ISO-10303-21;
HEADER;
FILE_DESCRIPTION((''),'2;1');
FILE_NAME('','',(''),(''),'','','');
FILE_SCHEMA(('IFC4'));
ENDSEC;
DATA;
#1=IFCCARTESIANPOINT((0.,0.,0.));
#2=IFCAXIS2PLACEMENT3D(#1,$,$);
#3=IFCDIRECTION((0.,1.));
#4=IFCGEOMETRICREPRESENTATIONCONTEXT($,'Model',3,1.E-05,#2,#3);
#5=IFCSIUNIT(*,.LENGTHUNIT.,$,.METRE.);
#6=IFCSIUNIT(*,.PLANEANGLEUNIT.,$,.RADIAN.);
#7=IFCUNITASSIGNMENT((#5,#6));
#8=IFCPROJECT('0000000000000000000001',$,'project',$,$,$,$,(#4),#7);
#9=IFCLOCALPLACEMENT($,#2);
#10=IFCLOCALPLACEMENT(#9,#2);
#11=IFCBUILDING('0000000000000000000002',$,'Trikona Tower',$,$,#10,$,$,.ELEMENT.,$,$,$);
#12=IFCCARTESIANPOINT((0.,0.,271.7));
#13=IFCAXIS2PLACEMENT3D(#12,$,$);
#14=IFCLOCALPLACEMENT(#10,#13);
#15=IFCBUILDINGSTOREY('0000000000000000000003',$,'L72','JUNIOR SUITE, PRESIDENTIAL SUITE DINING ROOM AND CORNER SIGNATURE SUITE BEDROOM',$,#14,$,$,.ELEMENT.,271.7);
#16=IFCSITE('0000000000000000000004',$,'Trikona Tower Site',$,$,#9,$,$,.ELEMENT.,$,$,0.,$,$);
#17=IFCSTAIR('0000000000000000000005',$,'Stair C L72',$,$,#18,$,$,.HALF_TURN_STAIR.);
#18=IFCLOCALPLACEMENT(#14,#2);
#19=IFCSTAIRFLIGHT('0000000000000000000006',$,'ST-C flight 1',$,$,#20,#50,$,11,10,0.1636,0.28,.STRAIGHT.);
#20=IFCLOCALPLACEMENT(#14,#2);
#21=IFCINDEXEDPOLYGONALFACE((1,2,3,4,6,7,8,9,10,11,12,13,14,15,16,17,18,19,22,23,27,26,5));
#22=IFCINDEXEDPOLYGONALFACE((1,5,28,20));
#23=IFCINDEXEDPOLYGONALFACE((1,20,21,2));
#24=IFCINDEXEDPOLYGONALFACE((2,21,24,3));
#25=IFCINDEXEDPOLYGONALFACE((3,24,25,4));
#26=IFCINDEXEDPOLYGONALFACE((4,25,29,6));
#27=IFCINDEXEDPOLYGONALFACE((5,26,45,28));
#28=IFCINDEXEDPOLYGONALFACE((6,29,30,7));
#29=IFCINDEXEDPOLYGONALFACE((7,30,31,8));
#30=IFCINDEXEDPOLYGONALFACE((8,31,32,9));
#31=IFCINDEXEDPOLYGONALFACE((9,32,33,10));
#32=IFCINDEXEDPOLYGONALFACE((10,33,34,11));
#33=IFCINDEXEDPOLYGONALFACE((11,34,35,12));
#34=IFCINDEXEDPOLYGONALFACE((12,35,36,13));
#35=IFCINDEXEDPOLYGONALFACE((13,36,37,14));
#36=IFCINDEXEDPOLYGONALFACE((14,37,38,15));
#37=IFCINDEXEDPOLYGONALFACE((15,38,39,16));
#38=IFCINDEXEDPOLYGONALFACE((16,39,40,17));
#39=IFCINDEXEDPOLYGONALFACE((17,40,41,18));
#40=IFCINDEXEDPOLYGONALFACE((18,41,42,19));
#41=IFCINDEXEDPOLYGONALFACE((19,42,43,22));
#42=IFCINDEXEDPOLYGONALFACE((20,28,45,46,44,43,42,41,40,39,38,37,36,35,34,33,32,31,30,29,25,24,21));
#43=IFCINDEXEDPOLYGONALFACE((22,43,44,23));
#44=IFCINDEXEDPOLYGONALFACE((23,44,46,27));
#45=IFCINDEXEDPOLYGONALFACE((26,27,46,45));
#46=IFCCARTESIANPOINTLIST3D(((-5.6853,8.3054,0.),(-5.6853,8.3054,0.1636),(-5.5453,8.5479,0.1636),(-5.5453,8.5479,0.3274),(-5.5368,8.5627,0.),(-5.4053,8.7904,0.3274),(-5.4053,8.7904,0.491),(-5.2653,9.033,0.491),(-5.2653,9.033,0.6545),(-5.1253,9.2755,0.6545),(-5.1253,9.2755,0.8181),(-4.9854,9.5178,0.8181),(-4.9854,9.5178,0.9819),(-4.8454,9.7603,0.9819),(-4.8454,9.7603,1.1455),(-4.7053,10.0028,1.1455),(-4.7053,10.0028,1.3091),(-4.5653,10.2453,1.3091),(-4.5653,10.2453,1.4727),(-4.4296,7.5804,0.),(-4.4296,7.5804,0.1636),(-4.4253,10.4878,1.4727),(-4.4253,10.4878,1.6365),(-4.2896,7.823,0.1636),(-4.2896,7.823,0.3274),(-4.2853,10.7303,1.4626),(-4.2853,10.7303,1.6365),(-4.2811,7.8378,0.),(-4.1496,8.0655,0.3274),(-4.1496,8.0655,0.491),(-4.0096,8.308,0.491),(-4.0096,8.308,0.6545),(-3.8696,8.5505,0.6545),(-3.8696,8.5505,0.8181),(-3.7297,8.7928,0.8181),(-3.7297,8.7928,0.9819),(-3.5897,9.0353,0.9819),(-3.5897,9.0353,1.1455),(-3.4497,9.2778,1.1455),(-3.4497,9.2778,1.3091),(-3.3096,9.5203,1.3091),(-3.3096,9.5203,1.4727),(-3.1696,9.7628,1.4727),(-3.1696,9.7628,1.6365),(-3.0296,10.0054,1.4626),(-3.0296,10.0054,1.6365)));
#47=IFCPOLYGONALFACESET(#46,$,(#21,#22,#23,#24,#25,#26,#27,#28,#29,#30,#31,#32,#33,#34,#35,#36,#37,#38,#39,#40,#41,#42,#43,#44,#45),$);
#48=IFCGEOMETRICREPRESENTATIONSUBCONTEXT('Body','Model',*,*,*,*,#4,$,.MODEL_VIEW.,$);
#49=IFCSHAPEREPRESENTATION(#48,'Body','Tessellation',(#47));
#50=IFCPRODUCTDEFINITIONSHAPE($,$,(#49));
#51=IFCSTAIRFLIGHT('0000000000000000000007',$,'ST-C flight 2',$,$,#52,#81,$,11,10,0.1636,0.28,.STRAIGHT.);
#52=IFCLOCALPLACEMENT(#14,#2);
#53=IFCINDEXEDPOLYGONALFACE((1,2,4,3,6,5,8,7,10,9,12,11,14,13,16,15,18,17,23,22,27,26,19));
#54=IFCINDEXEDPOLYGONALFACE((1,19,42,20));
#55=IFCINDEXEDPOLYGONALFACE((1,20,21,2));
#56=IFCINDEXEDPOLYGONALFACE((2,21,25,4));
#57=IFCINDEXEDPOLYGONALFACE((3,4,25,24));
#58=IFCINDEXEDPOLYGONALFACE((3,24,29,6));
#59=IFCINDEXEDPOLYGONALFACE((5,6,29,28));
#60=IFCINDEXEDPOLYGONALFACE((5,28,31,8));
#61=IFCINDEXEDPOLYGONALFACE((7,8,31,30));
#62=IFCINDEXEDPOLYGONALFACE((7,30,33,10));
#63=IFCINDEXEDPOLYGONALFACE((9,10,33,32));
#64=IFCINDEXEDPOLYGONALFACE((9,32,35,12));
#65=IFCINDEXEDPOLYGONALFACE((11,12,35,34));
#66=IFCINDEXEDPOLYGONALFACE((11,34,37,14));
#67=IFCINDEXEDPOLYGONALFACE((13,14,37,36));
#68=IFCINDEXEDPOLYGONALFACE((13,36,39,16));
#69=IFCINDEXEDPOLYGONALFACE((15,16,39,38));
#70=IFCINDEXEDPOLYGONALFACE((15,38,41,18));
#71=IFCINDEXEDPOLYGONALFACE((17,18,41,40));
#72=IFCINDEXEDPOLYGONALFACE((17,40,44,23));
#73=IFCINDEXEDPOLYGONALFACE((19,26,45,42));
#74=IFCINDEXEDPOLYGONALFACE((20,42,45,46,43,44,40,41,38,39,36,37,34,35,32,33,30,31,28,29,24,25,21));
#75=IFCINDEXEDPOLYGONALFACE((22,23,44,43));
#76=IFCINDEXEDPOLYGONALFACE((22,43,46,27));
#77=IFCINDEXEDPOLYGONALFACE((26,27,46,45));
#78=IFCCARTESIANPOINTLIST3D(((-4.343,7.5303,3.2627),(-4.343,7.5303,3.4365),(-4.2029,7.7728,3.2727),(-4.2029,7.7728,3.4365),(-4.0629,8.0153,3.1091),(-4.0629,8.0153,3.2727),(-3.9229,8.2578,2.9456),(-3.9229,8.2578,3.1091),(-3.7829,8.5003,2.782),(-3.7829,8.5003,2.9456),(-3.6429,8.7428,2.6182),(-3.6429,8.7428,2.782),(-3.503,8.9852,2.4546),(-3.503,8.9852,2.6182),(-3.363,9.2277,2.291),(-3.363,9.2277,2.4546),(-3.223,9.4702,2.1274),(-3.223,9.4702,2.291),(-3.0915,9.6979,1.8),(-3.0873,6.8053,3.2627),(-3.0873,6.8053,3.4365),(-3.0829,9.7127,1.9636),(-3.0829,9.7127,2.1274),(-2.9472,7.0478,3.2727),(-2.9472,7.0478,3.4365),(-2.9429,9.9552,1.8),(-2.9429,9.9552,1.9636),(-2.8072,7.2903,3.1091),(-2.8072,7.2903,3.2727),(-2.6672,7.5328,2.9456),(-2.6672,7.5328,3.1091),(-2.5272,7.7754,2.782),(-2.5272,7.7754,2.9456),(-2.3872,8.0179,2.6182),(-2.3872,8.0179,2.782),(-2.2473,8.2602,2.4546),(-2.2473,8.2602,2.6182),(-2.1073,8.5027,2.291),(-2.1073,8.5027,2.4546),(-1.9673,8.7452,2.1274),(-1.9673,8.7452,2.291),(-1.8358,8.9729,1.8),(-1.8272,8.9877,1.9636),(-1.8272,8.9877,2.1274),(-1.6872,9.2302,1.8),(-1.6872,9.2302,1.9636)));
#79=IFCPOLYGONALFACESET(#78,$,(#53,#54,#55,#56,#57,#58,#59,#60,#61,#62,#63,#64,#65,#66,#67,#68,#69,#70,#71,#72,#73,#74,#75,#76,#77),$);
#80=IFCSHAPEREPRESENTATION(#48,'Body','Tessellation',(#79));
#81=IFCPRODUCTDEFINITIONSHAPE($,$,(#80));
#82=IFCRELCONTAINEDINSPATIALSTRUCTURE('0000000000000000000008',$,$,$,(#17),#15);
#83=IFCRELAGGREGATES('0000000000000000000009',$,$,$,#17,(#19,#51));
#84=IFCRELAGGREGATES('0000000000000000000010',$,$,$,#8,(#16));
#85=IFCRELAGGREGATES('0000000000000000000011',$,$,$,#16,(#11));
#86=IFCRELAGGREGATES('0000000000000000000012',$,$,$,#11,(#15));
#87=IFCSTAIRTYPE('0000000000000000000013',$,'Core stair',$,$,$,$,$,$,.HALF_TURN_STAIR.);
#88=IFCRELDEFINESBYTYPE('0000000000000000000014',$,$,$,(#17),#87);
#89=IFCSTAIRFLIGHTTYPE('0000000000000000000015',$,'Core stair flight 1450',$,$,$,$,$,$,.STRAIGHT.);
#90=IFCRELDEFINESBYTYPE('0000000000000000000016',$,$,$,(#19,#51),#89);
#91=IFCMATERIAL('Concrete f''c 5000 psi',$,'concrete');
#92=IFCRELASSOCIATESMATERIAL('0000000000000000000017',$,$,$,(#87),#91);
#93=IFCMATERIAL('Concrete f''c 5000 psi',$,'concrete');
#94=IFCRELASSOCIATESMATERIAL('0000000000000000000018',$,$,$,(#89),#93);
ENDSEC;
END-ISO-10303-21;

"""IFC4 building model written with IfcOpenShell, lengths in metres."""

from ifc_helpers import new_model, si_unit, direction, frame, origin, place, context, subcontext, project, spatial, polyline, outline, extrude, material, type_object, element, aggregate, save


model = new_model("IFC4")

# Units and contexts
model_context = context("Model", 3, precision=1e-05, world=origin(), true_north=direction((0.0, 1.0)))
body_context = subcontext(model_context, "Body", "Model", "MODEL_VIEW")
ifc_project = project(units=[si_unit("LENGTHUNIT", "METRE"), si_unit("PLANEANGLEUNIT", "RADIAN")], contexts=[model_context])

# Site, building, storey
site_placement = place(None, origin())
site = spatial("IfcSite", under=ifc_project, at=site_placement, Name="Trikona Tower Site", CompositionType="ELEMENT", RefElevation=0.0)
building_placement = place(site_placement, origin())
building = spatial("IfcBuilding", under=site, at=building_placement, Name="Trikona Tower", CompositionType="ELEMENT")
storey_placement = place(building_placement, frame((0.0, 0.0, 271.7)))
storey = spatial("IfcBuildingStorey", under=building, at=storey_placement, Name="L72", Description="JUNIOR SUITE, PRESIDENTIAL SUITE DINING ROOM AND CORNER SIGNATURE SUITE BEDROOM", CompositionType="ELEMENT", Elevation=271.7)

# Stair, stair flights
ifc_material_1 = material(Name="Concrete f'c 5000 psi", Category="concrete")
stair_type = type_object("IfcStairType", Name="Core stair", PredefinedType="HALF_TURN_STAIR", material=ifc_material_1)
stair_placement = place(storey_placement, origin())
stair = element("IfcStair", 1, at=stair_placement, inside=storey, type_object=stair_type, Name="Stair C L72", PredefinedType="HALF_TURN_STAIR")
ifc_material_2 = material(Name="Concrete f'c 5000 psi", Category="concrete")
stair_flight_type = type_object("IfcStairFlightType", Name="Core stair flight 1450", PredefinedType="STRAIGHT", material=ifc_material_2)
stair_flight_1_placement = place(storey_placement, frame((-5.0574, 7.9429, 0.0), z_axis=(0.0, 0.0, 1.0), x_axis=(0.5, 0.866025, 0.0)))
stair_flight_1 = element("IfcStairFlight", 2, at=stair_flight_1_placement, type_object=stair_flight_type, Name="ST-C flight 1", NumberOfRisers=11, NumberOfTreads=10, PredefinedType="STRAIGHT", RiserHeight=0.1636, TreadLength=0.28, context=body_context, shape_type="SweptSolid", body=[
    extrude(outline(polyline([(0.0, 0.0), (0.0, 0.1636), (0.28, 0.1636), (0.28, 0.3274), (0.5601, 0.3274), (0.5601, 0.491), (0.8401, 0.491), (0.8401, 0.6545), (1.1201, 0.6545), (1.1201, 0.8181), (1.3999, 0.8181), (1.3999, 0.9819), (1.6799, 0.9819), (1.6799, 1.1455), (1.96, 1.1455), (1.96, 1.3091), (2.24, 1.3091), (2.24, 1.4727), (2.52, 1.4727), (2.52, 1.6365), (2.8, 1.6365), (2.8, 1.8), (2.8, 1.4626), (0.2971, 0.0), (0.0, 0.0)])), frame((0.0, 0.7251, 0.0), z_axis=(0.0, -1.0, 0.0), x_axis=(1.0, 0.0, 0.0)), (0.0, 0.0, 1.0), 1.45),
])
stair_flight_2_placement = place(storey_placement, frame((-2.3152, 9.5928, 1.8), z_axis=(0.0, 0.0, 1.0), x_axis=(-0.5, -0.866025, 0.0)))
stair_flight_2 = element("IfcStairFlight", 3, at=stair_flight_2_placement, type_object=stair_flight_type, Name="ST-C flight 2", NumberOfRisers=11, NumberOfTreads=10, PredefinedType="STRAIGHT", RiserHeight=0.1636, TreadLength=0.28, context=body_context, shape_type="SweptSolid", body=[
    extrude(outline(polyline([(0.0, 0.0), (0.0, 0.1636), (0.28, 0.1636), (0.28, 0.3274), (0.5601, 0.3274), (0.5601, 0.491), (0.8401, 0.491), (0.8401, 0.6545), (1.1201, 0.6545), (1.1201, 0.8181), (1.3999, 0.8181), (1.3999, 0.9819), (1.6799, 0.9819), (1.6799, 1.1455), (1.96, 1.1455), (1.96, 1.3091), (2.24, 1.3091), (2.24, 1.4727), (2.52, 1.4727), (2.52, 1.6365), (2.8, 1.6365), (2.8, 1.8), (2.8, 1.4626), (0.2971, 0.0), (0.0, 0.0)])), frame((0.0, 0.7251, 0.0), z_axis=(0.0, -1.0, 0.0), x_axis=(1.0, 0.0, 0.0)), (0.0, 0.0, 1.0), 1.45),
])
aggregate(stair, [stair_flight_1, stair_flight_2])

save(model, "model.ifc")
